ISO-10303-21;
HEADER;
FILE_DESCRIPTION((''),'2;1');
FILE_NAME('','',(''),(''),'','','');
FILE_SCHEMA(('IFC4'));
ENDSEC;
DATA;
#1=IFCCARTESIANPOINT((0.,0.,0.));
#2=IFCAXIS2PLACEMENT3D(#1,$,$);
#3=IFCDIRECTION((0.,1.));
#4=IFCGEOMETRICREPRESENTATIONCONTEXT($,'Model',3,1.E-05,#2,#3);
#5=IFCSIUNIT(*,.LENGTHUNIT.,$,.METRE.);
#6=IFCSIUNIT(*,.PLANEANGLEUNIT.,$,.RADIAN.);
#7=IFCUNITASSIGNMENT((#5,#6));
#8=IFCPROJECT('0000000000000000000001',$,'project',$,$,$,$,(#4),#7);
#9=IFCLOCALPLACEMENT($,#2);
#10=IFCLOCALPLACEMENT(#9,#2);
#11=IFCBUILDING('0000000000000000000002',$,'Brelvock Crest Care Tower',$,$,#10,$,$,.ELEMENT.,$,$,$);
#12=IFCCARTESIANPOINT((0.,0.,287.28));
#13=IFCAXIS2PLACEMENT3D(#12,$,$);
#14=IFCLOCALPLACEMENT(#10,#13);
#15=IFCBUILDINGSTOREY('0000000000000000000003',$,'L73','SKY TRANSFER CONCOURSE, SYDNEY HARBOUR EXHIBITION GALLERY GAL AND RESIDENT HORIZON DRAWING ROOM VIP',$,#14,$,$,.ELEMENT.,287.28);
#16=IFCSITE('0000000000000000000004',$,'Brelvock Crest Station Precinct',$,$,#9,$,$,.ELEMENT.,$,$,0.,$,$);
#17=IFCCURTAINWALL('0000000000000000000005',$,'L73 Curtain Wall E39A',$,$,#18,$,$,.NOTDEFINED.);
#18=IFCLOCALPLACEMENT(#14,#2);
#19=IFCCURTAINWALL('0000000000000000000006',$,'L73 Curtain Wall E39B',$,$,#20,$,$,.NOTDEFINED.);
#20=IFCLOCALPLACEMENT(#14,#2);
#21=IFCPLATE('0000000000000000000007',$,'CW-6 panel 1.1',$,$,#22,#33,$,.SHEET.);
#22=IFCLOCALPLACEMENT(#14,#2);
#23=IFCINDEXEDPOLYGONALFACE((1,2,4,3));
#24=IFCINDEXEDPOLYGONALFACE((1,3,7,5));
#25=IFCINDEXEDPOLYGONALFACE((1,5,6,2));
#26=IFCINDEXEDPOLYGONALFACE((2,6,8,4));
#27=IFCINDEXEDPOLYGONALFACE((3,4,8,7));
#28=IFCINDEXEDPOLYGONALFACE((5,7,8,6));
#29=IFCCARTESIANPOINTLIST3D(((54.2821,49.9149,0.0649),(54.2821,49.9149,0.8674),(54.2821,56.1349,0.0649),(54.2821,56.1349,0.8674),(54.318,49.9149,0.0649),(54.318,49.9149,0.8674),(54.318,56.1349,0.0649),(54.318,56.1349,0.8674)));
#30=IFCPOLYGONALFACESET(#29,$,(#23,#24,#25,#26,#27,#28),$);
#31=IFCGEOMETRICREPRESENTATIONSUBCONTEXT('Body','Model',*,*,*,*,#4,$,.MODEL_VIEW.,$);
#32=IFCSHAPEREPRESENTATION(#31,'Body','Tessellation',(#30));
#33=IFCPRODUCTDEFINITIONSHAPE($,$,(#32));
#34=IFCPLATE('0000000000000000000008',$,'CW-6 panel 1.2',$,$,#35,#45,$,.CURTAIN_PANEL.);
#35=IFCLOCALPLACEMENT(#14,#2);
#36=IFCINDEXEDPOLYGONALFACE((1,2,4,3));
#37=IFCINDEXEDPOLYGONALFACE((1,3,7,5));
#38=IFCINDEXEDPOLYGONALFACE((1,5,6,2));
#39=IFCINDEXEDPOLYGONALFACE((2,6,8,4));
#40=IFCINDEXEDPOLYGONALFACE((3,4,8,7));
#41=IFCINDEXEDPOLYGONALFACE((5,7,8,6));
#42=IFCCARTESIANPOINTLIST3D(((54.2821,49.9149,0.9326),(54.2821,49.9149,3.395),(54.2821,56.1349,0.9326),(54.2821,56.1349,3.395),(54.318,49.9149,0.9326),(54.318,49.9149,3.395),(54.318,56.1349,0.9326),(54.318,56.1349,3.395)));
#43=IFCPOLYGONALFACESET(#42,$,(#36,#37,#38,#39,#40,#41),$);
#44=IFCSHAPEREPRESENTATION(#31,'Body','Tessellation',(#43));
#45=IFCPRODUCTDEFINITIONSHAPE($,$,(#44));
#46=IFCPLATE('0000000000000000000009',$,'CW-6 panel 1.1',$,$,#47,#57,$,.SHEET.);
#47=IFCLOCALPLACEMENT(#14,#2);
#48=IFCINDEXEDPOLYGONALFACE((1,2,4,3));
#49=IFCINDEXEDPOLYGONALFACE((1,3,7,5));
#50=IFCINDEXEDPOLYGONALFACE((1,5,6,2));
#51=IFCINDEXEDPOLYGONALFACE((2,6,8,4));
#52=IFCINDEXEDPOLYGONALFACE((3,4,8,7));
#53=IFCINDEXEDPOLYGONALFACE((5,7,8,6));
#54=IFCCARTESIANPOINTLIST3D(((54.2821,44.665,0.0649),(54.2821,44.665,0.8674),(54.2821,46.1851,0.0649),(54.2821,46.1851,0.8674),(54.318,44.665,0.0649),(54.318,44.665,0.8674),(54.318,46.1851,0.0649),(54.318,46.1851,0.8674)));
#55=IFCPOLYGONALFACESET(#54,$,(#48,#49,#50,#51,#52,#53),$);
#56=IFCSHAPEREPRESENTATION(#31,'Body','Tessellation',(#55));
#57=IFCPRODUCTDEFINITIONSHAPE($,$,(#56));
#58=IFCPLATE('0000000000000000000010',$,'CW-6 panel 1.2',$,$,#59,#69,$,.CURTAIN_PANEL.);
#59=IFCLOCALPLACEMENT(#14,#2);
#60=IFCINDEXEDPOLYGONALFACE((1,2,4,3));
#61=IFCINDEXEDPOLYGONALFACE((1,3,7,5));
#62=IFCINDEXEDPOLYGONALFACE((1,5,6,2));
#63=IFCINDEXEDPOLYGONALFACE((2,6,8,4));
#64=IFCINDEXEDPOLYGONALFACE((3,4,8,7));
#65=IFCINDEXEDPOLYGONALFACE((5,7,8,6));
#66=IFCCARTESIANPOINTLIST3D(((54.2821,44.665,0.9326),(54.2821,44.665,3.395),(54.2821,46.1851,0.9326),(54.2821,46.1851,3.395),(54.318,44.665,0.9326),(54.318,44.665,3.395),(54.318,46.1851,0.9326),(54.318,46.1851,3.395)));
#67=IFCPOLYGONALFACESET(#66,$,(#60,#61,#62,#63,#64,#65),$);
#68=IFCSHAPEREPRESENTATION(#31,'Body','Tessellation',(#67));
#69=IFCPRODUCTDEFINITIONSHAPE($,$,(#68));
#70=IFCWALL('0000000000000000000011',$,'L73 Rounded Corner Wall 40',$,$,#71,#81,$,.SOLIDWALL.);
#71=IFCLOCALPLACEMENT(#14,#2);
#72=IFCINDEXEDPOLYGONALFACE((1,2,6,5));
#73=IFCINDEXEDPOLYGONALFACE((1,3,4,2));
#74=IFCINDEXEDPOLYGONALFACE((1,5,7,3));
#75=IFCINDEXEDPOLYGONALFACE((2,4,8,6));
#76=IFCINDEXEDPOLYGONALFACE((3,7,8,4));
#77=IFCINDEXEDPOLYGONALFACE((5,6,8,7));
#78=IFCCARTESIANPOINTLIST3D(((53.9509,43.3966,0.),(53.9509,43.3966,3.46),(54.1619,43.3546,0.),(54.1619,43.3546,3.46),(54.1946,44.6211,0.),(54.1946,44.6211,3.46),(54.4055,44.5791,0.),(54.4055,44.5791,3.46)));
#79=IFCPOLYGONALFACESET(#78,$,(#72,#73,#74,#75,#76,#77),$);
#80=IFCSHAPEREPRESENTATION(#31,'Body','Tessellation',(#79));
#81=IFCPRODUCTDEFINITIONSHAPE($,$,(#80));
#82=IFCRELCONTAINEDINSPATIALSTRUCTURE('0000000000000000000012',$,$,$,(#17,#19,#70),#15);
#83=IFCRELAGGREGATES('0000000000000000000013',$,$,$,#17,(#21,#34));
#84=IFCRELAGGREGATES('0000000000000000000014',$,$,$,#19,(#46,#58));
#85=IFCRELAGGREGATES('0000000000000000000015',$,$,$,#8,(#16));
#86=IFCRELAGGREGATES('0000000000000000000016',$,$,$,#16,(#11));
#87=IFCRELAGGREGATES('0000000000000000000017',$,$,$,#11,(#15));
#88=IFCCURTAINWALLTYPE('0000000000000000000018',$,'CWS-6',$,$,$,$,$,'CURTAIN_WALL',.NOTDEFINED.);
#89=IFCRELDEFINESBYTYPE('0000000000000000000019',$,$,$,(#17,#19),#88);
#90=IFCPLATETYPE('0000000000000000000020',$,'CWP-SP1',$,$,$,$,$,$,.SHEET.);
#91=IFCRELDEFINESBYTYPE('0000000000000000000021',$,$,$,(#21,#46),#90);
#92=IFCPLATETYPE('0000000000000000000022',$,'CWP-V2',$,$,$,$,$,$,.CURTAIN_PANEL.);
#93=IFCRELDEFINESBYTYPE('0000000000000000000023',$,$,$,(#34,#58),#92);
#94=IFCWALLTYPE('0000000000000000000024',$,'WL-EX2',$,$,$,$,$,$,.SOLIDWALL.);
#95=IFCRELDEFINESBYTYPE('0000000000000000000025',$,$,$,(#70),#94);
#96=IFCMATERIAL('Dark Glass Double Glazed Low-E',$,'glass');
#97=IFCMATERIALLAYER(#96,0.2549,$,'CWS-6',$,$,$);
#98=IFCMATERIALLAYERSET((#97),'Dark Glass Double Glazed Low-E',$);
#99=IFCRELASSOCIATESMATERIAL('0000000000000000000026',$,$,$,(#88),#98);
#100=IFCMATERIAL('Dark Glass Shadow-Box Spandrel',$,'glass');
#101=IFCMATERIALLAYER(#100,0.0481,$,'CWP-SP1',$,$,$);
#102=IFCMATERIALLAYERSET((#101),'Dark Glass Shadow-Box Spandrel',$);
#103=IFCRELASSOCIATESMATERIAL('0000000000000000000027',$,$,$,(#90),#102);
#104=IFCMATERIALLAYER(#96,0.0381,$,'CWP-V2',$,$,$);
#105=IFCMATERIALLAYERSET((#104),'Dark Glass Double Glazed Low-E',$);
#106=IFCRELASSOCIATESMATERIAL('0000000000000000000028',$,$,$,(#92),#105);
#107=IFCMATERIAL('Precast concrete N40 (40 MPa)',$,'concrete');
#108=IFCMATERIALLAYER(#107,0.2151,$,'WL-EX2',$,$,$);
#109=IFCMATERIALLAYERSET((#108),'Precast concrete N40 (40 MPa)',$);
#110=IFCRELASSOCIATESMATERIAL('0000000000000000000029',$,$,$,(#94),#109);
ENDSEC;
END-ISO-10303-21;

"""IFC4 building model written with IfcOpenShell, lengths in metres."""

from ifc_helpers import new_model, si_unit, direction, frame, frame_2d, origin, origin_2d, place, context, subcontext, project, spatial, rectangle, extrude, source, transform, mapped, material, layer, layer_set, type_object, element, aggregate, save


model = new_model("IFC4")

# Units and contexts
model_context = context("Model", 3, precision=1e-05, world=origin(), true_north=direction((0.0, 1.0)))
body_context = subcontext(model_context, "Body", "Model", "MODEL_VIEW")
ifc_project = project(units=[si_unit("LENGTHUNIT", "METRE"), si_unit("PLANEANGLEUNIT", "RADIAN")], contexts=[model_context])

# Site, building, storey
site_placement = place(None, origin())
site = spatial("IfcSite", under=ifc_project, at=site_placement, Name="Brelvock Crest Station Precinct", CompositionType="ELEMENT", RefElevation=0.0)
building_placement = place(site_placement, origin())
building = spatial("IfcBuilding", under=site, at=building_placement, Name="Brelvock Crest Care Tower", CompositionType="ELEMENT")
storey_placement = place(building_placement, frame((0.0, 0.0, 287.28)))
storey = spatial("IfcBuildingStorey", under=building, at=storey_placement, Name="L73", Description="SKY TRANSFER CONCOURSE, SYDNEY HARBOUR EXHIBITION GALLERY GAL AND RESIDENT HORIZON DRAWING ROOM VIP", CompositionType="ELEMENT", Elevation=287.28)

# Curtain wall
ifc_material_1 = material(Name="Dark Glass Double Glazed Low-E", Category="glass")
ifc_layer_1 = layer(ifc_material_1, 0.2549, Name="CWS-6")
ifc_layer_set_1 = layer_set([ifc_layer_1], Name="Dark Glass Double Glazed Low-E")
curtain_wall_type = type_object("IfcCurtainWallType", Name="CWS-6", ElementType="CURTAIN_WALL", PredefinedType="NOTDEFINED", material=ifc_layer_set_1)
curtain_wall_1_placement = place(storey_placement, origin())
curtain_wall_1 = element("IfcCurtainWall", 1, at=curtain_wall_1_placement, inside=storey, type_object=curtain_wall_type, Name="L73 Curtain Wall E39A", PredefinedType="NOTDEFINED")

# Curtain wall
curtain_wall_2_placement = place(storey_placement, origin())
curtain_wall_2 = element("IfcCurtainWall", 2, at=curtain_wall_2_placement, inside=storey, type_object=curtain_wall_type, Name="L73 Curtain Wall E39B", PredefinedType="NOTDEFINED")

# Plates
ifc_material_2 = material(Name="Dark Glass Shadow-Box Spandrel", Category="glass")
ifc_layer_2 = layer(ifc_material_2, 0.0481, Name="CWP-SP1")
ifc_layer_set_2 = layer_set([ifc_layer_2], Name="Dark Glass Shadow-Box Spandrel")
plate_type_1 = type_object("IfcPlateType", Name="CWP-SP1", PredefinedType="SHEET", material=ifc_layer_set_2)
shared_shape_1 = source(origin(), body_context, "Body", "SweptSolid", [
    extrude(rectangle(XDim=6.22, YDim=0.0359, at=origin_2d()), origin(), (0.0, 0.0, 1.0), 0.8025),
])
plate_1_placement = place(storey_placement, frame((54.3, 53.0249, 0.0649), z_axis=(0.0, 0.0, 1.0), x_axis=(0.0, -1.0, 0.0)))
plate_1 = element("IfcPlate", 3, at=plate_1_placement, type_object=plate_type_1, Name="CW-6 panel 1.1", PredefinedType="SHEET", context=body_context, shape_type="MappedRepresentation", body=[
    mapped(shared_shape_1, transform((0.0, 0.0, 0.0), x_axis=(1.0, 0.0, 0.0), y_axis=(0.0, 1.0, 0.0), z_axis=(0.0, 0.0, 1.0), scale=1.0)),
])
ifc_layer_3 = layer(ifc_material_1, 0.0381, Name="CWP-V2")
ifc_layer_set_3 = layer_set([ifc_layer_3], Name="Dark Glass Double Glazed Low-E")
plate_type_2 = type_object("IfcPlateType", Name="CWP-V2", PredefinedType="CURTAIN_PANEL", material=ifc_layer_set_3)
shared_shape_2 = source(origin(), body_context, "Body", "SweptSolid", [
    extrude(rectangle(XDim=6.22, YDim=0.0359, at=origin_2d()), origin(), (0.0, 0.0, 1.0), 2.4624),
])
plate_2_placement = place(storey_placement, frame((54.3, 53.0249, 0.9326), z_axis=(0.0, 0.0, 1.0), x_axis=(0.0, -1.0, 0.0)))
plate_2 = element("IfcPlate", 4, at=plate_2_placement, type_object=plate_type_2, Name="CW-6 panel 1.2", PredefinedType="CURTAIN_PANEL", context=body_context, shape_type="MappedRepresentation", body=[
    mapped(shared_shape_2, transform((0.0, 0.0, 0.0), x_axis=(1.0, 0.0, 0.0), y_axis=(0.0, 1.0, 0.0), z_axis=(0.0, 0.0, 1.0), scale=1.0)),
])
aggregate(curtain_wall_1, [plate_1, plate_2])
shared_shape_3 = source(origin(), body_context, "Body", "SweptSolid", [
    extrude(rectangle(XDim=1.52, YDim=0.0359, at=origin_2d()), origin(), (0.0, 0.0, 1.0), 0.8025),
])
plate_3_placement = place(storey_placement, frame((54.3, 45.425, 0.0649), z_axis=(0.0, 0.0, 1.0), x_axis=(0.0, -1.0, 0.0)))
plate_3 = element("IfcPlate", 5, at=plate_3_placement, type_object=plate_type_1, Name="CW-6 panel 1.1", PredefinedType="SHEET", context=body_context, shape_type="MappedRepresentation", body=[
    mapped(shared_shape_3, transform((0.0, 0.0, 0.0), x_axis=(1.0, 0.0, 0.0), y_axis=(0.0, 1.0, 0.0), z_axis=(0.0, 0.0, 1.0), scale=1.0)),
])
shared_shape_4 = source(origin(), body_context, "Body", "SweptSolid", [
    extrude(rectangle(XDim=1.52, YDim=0.0359, at=origin_2d()), origin(), (0.0, 0.0, 1.0), 2.4624),
])
plate_4_placement = place(storey_placement, frame((54.3, 45.425, 0.9326), z_axis=(0.0, 0.0, 1.0), x_axis=(0.0, -1.0, 0.0)))
plate_4 = element("IfcPlate", 6, at=plate_4_placement, type_object=plate_type_2, Name="CW-6 panel 1.2", PredefinedType="CURTAIN_PANEL", context=body_context, shape_type="MappedRepresentation", body=[
    mapped(shared_shape_4, transform((0.0, 0.0, 0.0), x_axis=(1.0, 0.0, 0.0), y_axis=(0.0, 1.0, 0.0), z_axis=(0.0, 0.0, 1.0), scale=1.0)),
])
aggregate(curtain_wall_2, [plate_3, plate_4])

# Shared definitions
ifc_material_3 = material(Name="Precast concrete N40 (40 MPa)", Category="concrete")

# Wall
ifc_layer_4 = layer(ifc_material_3, 0.2151, Name="WL-EX2")
ifc_layer_set_4 = layer_set([ifc_layer_4], Name="Precast concrete N40 (40 MPa)")
wall_type_1 = type_object("IfcWallType", Name="WL-EX2", PredefinedType="SOLIDWALL", material=ifc_layer_set_4)
wall_1_placement = place(storey_placement, frame((54.3, 44.6001, 0.0), z_axis=(0.0, 0.0, 1.0), x_axis=(-0.195138, -0.980776, 0.0)))
element("IfcWall", 7, at=wall_1_placement, inside=storey, type_object=wall_type_1, Name="L73 Rounded Corner Wall 40", PredefinedType="SOLIDWALL", context=body_context, shape_type="SweptSolid", body=[
    extrude(rectangle(XDim=1.2485, YDim=0.2151, at=frame_2d((0.6243, 0.0))), origin(), (0.0, 0.0, 1.0), 3.46),
])

save(model, "model.ifc")
